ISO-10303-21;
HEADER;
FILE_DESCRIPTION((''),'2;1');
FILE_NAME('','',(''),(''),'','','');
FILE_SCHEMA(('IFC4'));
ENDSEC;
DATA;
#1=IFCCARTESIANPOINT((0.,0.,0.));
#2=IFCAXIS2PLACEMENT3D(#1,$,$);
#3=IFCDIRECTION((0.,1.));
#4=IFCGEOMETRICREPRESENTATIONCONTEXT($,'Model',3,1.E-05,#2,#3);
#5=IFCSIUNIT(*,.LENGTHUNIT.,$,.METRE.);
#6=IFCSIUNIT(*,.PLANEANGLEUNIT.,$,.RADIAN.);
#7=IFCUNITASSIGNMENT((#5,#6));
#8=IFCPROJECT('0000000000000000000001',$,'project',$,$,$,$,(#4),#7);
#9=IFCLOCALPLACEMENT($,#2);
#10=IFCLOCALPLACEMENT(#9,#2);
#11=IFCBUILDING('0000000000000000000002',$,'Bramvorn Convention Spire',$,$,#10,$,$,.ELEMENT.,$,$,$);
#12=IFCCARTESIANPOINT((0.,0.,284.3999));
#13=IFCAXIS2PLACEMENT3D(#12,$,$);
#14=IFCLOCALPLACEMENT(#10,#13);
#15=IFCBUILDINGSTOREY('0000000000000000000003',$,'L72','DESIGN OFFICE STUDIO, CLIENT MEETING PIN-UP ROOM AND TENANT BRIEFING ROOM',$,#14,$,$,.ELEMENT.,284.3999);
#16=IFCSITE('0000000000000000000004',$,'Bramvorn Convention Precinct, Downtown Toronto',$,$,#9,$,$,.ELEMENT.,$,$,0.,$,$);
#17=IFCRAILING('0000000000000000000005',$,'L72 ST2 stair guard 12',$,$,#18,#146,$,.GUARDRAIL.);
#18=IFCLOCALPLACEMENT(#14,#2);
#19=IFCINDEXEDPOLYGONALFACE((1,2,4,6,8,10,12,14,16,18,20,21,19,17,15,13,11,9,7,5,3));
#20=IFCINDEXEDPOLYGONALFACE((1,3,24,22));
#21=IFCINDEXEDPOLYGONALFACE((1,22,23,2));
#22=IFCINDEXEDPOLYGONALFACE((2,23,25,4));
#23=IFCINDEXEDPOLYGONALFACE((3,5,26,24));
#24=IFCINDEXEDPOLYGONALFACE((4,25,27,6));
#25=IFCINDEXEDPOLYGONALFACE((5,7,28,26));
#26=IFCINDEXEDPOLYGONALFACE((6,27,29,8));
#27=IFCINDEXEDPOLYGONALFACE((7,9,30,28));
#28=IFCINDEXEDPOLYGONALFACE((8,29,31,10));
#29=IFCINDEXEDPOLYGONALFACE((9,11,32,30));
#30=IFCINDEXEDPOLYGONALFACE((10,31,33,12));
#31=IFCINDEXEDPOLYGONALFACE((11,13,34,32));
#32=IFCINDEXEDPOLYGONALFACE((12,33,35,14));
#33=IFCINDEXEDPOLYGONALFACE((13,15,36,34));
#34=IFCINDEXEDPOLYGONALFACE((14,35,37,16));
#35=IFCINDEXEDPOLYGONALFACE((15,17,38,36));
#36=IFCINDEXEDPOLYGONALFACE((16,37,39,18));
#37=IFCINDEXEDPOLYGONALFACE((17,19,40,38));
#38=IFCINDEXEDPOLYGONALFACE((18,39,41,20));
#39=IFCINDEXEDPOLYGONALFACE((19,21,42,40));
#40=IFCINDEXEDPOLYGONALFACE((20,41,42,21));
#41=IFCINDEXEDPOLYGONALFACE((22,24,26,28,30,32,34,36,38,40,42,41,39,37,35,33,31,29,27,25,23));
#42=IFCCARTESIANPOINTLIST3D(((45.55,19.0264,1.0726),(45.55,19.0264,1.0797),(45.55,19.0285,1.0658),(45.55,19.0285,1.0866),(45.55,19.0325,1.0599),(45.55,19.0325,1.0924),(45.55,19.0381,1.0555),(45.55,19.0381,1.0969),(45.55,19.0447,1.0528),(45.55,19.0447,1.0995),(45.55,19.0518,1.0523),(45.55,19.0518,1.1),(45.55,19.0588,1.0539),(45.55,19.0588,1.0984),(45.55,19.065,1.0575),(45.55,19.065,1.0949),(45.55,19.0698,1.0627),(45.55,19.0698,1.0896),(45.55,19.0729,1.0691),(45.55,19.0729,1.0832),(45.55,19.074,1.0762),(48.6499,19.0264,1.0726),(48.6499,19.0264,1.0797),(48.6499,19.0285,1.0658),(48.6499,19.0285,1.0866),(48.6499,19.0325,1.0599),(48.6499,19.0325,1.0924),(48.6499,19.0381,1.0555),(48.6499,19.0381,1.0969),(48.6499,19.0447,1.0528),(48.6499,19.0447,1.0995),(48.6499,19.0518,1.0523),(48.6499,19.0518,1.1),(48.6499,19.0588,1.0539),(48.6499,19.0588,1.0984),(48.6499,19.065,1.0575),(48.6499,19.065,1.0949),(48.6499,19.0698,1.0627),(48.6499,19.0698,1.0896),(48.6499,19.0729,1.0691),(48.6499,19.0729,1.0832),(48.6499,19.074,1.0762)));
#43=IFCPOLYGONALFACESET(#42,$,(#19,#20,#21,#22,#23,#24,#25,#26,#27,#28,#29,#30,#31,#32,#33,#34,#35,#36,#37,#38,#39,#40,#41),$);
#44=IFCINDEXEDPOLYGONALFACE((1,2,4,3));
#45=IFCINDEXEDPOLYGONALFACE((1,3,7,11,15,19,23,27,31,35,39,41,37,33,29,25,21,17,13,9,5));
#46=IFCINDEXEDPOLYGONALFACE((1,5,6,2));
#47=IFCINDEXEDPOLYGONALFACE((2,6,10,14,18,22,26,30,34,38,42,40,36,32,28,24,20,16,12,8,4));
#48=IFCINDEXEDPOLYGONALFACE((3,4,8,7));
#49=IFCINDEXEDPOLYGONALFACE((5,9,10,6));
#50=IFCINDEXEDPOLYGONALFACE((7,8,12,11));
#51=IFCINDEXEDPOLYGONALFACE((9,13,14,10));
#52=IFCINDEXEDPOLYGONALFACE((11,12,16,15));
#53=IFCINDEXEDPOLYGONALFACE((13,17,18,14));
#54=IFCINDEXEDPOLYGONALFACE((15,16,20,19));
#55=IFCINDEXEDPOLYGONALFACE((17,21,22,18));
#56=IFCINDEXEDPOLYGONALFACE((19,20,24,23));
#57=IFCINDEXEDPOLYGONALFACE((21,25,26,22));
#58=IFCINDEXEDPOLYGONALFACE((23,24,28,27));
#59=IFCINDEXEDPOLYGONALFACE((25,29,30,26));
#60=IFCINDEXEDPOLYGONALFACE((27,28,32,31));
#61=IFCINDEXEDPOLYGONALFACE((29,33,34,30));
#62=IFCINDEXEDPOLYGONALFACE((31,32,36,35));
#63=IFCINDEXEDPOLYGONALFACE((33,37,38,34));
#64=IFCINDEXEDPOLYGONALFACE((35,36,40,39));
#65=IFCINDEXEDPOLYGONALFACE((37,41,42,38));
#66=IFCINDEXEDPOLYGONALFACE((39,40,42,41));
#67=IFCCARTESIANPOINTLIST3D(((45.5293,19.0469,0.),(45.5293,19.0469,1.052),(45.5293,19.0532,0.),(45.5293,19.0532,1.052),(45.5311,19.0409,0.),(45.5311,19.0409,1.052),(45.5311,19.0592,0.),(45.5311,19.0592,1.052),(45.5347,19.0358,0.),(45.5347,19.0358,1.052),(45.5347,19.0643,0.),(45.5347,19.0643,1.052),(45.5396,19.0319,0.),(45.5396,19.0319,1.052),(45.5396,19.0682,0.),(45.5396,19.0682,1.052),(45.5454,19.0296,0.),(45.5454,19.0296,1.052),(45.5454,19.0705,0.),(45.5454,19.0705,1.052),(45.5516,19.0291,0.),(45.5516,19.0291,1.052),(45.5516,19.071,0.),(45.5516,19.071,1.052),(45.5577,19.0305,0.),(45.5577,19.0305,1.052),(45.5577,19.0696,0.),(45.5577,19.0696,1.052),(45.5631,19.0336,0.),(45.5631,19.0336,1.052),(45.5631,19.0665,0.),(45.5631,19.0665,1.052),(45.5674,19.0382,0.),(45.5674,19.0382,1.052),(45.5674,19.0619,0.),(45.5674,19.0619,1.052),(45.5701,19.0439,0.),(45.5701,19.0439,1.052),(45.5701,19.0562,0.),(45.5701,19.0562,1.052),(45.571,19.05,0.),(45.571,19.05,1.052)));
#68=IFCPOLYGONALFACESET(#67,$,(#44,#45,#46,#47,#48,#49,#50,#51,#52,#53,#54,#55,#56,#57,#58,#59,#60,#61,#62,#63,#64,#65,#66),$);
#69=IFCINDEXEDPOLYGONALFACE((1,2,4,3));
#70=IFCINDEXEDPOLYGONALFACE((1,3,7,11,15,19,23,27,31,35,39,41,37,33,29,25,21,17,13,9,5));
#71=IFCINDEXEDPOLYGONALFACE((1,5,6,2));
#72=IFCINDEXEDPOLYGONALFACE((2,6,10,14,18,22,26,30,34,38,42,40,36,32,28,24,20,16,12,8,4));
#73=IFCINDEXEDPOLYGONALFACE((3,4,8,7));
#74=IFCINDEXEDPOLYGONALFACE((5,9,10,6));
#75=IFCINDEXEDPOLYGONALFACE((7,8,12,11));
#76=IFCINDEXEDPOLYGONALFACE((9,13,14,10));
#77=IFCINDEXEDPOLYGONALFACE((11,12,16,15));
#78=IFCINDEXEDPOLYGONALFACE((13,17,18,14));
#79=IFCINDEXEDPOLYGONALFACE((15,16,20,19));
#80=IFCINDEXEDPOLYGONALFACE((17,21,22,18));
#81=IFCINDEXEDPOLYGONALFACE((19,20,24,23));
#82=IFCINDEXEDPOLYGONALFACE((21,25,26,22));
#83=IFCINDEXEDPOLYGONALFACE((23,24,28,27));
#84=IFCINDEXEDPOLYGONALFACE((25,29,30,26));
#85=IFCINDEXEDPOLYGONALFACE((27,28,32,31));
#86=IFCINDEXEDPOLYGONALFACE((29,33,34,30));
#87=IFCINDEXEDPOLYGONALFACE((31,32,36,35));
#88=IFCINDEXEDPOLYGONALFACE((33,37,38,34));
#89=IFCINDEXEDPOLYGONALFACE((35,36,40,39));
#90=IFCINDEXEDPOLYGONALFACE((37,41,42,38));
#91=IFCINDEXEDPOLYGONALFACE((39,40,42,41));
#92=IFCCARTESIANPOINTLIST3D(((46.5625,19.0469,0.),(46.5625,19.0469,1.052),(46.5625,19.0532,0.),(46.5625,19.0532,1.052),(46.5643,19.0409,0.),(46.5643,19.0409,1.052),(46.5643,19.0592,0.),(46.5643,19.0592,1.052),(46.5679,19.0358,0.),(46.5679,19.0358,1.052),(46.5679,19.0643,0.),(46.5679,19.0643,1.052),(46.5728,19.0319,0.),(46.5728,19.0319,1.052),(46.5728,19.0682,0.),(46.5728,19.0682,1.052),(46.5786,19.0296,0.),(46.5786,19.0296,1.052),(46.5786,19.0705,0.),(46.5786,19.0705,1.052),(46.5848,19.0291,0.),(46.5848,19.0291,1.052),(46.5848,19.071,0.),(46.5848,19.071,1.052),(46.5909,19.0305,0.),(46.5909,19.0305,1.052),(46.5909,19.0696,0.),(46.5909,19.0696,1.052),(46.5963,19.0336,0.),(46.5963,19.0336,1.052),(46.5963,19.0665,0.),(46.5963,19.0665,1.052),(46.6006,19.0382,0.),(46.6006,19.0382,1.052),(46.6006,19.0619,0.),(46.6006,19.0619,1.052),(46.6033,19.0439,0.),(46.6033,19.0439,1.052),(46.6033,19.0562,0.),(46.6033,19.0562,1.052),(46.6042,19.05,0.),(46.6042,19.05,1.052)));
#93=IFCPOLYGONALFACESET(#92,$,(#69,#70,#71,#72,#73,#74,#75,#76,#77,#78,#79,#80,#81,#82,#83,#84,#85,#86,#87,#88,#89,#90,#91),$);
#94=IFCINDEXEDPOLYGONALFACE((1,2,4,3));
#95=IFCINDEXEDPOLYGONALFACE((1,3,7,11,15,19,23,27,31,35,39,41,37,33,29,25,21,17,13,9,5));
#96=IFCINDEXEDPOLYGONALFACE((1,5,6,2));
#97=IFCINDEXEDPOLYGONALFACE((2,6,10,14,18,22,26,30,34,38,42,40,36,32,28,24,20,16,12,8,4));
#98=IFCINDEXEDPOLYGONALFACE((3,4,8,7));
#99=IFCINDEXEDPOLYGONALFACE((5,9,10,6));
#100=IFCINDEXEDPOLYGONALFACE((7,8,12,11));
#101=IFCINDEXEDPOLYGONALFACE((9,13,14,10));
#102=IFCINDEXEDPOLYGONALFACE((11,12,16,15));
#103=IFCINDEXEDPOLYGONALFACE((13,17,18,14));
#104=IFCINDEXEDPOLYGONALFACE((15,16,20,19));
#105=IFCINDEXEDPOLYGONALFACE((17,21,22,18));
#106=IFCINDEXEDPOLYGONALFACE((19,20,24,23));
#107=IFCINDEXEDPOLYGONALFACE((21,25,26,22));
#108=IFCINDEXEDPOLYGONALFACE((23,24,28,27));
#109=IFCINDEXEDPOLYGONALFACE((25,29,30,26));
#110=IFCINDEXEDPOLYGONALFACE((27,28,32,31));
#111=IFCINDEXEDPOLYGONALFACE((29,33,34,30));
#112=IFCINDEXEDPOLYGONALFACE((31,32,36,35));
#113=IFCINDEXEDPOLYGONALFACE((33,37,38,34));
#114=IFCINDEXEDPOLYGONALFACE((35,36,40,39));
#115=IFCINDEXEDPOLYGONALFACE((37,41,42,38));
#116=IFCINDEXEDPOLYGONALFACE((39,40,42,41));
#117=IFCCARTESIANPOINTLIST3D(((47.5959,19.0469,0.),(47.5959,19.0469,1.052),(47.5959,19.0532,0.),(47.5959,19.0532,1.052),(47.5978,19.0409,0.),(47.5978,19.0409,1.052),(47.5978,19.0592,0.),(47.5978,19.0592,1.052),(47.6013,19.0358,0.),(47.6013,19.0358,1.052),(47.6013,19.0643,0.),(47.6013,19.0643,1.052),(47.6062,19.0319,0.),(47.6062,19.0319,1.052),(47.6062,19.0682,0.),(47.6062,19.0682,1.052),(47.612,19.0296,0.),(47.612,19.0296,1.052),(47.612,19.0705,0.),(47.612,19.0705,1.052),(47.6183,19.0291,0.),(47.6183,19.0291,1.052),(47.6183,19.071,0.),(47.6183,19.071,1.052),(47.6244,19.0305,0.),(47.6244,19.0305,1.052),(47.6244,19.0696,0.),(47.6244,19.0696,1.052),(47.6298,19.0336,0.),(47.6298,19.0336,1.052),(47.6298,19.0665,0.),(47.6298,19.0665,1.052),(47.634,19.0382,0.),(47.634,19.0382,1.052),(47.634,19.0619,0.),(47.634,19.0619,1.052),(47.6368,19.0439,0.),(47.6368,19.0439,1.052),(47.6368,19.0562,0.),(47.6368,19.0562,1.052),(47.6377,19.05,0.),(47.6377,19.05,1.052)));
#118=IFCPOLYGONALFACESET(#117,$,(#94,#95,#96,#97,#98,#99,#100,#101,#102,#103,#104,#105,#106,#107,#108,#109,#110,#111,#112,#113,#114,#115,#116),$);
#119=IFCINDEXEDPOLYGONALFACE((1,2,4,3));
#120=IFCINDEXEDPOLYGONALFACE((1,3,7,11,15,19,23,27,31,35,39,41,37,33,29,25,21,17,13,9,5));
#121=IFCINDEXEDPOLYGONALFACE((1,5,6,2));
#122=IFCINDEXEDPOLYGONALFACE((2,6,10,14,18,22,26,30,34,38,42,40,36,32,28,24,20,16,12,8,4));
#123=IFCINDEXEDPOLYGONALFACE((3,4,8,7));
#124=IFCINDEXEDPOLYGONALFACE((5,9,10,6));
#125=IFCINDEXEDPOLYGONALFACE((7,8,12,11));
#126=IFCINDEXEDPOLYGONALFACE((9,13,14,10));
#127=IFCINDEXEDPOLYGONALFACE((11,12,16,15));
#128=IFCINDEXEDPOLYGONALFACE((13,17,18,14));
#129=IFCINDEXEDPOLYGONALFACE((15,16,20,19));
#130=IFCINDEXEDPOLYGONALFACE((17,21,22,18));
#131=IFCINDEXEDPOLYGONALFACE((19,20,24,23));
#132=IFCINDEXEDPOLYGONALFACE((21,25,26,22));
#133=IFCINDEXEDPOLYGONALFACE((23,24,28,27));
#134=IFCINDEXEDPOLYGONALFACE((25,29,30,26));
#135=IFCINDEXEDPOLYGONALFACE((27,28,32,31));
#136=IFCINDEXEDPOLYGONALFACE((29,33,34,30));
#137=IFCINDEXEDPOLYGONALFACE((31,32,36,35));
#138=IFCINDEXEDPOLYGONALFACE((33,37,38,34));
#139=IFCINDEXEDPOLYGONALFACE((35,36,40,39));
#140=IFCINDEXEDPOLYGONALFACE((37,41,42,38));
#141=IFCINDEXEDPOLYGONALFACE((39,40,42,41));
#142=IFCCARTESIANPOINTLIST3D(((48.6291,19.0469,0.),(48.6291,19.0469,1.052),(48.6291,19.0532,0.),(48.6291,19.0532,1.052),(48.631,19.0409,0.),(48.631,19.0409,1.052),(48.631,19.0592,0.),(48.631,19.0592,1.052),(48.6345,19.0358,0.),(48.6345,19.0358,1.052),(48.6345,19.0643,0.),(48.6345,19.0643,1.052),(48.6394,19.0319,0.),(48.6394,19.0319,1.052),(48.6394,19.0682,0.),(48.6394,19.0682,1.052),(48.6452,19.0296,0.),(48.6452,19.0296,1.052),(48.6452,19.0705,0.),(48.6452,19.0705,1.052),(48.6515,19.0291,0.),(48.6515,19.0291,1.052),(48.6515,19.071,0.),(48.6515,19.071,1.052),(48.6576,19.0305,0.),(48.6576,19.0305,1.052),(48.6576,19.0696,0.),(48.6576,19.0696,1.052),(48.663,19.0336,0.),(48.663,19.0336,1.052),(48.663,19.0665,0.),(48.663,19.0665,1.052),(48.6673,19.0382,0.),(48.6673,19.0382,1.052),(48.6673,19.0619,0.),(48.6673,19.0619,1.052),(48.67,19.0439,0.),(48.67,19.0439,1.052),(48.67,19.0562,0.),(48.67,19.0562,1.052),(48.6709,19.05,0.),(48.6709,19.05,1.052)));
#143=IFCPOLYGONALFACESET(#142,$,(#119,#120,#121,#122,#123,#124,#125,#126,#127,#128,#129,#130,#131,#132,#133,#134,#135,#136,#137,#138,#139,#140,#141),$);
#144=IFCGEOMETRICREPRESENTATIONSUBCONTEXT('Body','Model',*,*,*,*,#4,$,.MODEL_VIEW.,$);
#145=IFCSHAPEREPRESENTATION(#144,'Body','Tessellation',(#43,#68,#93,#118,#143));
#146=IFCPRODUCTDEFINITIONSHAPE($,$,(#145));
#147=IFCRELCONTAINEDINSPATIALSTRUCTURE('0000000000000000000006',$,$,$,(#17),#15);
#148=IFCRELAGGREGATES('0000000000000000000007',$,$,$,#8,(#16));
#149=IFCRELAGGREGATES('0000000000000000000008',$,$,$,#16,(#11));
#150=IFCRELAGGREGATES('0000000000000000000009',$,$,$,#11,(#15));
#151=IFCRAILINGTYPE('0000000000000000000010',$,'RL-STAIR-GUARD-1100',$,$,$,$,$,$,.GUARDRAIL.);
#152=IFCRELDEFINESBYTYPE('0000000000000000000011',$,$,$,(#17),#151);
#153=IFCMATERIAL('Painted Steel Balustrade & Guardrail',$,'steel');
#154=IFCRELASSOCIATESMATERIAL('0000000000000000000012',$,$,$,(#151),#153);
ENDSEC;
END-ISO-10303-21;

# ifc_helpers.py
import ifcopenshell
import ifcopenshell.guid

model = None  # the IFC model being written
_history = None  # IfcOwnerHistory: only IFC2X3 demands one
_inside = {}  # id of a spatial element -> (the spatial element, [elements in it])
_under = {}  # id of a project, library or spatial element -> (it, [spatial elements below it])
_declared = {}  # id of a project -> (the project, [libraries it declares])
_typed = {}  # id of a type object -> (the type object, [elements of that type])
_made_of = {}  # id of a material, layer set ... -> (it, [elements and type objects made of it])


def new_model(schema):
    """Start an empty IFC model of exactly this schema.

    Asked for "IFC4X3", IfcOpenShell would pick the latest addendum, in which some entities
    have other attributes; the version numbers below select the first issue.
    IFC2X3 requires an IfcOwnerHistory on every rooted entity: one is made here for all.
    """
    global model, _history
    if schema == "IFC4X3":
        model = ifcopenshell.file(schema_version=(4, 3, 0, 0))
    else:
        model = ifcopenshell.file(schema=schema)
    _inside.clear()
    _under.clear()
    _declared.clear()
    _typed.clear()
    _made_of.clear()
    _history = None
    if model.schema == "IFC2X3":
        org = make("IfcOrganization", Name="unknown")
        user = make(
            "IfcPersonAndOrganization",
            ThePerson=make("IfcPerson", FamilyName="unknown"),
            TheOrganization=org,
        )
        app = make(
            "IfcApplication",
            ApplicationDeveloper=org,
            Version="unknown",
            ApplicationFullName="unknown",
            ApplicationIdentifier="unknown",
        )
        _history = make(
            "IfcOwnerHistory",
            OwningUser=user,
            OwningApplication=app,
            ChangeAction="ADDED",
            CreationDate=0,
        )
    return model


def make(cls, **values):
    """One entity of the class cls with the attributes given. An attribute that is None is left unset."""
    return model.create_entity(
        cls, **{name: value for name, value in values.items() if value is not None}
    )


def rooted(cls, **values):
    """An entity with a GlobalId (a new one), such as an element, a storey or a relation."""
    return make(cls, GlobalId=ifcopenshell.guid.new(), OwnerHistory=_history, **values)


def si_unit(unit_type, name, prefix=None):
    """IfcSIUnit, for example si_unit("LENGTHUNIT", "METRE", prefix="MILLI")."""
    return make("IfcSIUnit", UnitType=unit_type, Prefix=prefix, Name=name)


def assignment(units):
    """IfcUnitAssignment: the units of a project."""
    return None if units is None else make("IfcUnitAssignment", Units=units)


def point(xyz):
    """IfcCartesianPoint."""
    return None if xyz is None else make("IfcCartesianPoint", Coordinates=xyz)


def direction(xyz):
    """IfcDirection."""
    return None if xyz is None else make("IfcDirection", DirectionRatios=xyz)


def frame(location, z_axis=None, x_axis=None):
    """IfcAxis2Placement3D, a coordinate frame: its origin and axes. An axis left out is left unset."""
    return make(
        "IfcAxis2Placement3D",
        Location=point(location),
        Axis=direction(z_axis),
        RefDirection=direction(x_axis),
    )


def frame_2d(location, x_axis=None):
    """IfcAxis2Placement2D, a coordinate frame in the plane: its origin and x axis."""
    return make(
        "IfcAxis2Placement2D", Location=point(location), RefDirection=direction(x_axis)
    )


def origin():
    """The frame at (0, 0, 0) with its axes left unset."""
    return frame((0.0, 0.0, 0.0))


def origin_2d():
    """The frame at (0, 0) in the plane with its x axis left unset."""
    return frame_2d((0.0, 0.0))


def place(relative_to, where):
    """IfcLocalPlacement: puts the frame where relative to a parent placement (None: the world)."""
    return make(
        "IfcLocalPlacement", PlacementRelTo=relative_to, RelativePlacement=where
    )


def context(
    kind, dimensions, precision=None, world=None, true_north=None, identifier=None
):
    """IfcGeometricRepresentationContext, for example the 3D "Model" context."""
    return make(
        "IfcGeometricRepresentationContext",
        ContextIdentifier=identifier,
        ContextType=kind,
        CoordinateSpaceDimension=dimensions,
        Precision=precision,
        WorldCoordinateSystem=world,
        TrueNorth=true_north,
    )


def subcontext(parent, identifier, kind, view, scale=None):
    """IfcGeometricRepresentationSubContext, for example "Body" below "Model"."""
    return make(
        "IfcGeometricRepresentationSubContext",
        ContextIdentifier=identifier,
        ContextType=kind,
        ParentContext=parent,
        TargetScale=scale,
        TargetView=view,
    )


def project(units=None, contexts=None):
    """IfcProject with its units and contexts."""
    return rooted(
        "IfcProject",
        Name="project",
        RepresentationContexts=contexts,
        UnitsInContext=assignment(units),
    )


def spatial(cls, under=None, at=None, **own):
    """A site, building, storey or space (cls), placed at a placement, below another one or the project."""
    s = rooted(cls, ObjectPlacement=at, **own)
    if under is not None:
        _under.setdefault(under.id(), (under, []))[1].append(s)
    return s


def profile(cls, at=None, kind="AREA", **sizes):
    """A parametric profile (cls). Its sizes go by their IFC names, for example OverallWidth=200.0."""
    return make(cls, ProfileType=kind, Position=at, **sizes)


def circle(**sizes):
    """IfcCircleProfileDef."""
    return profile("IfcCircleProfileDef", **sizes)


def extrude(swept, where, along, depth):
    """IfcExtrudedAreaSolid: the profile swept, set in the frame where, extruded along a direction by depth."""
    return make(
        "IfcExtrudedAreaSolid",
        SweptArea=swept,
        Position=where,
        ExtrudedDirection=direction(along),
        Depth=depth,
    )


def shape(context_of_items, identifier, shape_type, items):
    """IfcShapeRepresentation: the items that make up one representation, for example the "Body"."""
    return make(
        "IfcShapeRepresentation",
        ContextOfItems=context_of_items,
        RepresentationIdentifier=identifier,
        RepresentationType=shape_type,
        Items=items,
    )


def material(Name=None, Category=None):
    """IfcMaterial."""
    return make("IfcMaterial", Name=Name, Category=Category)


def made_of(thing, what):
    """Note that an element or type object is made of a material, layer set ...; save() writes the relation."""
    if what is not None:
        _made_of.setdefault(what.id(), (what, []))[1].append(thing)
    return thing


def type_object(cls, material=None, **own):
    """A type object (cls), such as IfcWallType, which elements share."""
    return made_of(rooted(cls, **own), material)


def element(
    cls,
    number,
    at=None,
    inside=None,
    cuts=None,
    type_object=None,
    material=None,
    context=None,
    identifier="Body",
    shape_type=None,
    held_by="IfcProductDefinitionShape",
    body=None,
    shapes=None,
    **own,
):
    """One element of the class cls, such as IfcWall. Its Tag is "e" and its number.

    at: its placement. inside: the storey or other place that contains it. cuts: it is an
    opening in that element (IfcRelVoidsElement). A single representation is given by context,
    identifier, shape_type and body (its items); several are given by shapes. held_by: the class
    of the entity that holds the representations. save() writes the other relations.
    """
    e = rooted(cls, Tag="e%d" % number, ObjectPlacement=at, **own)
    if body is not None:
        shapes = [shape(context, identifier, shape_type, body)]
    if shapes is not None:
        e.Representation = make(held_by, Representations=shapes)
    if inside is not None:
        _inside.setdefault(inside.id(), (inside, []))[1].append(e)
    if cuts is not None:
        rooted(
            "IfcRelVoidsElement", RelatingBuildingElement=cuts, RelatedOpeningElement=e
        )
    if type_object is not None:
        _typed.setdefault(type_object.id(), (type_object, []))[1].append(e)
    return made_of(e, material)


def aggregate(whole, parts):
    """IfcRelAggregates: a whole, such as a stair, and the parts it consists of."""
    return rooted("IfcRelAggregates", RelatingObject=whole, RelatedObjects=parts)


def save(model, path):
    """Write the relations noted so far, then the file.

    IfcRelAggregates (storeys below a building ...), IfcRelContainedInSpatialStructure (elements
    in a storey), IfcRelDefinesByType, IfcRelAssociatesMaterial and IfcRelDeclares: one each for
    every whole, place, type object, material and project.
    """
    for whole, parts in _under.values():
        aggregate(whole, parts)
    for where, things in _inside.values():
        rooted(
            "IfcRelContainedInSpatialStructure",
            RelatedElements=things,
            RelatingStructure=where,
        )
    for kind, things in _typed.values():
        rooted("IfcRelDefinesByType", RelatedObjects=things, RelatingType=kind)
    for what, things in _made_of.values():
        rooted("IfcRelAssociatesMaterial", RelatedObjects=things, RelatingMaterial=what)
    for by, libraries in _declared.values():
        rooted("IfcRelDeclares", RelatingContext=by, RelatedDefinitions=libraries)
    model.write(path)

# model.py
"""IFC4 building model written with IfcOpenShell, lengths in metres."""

from ifc_helpers import new_model, si_unit, direction, frame, origin, origin_2d, place, context, subcontext, project, spatial, circle, extrude, material, type_object, element, save


model = new_model("IFC4")

# Units and contexts
model_context = context("Model", 3, precision=1e-05, world=origin(), true_north=direction((0.0, 1.0)))
body_context = subcontext(model_context, "Body", "Model", "MODEL_VIEW")
ifc_project = project(units=[si_unit("LENGTHUNIT", "METRE"), si_unit("PLANEANGLEUNIT", "RADIAN")], contexts=[model_context])

# Site, building, storey
site_placement = place(None, origin())
site = spatial("IfcSite", under=ifc_project, at=site_placement, Name="Bramvorn Convention Precinct, Downtown Toronto", CompositionType="ELEMENT", RefElevation=0.0)
building_placement = place(site_placement, origin())
building = spatial("IfcBuilding", under=site, at=building_placement, Name="Bramvorn Convention Spire", CompositionType="ELEMENT")
storey_placement = place(building_placement, frame((0.0, 0.0, 284.3999)))
storey = spatial("IfcBuildingStorey", under=building, at=storey_placement, Name="L72", Description="DESIGN OFFICE STUDIO, CLIENT MEETING PIN-UP ROOM AND TENANT BRIEFING ROOM", CompositionType="ELEMENT", Elevation=284.3999)

# Railing
ifc_material_1 = material(Name="Painted Steel Balustrade & Guardrail", Category="steel")
railing_type = type_object("IfcRailingType", Name="RL-STAIR-GUARD-1100", PredefinedType="GUARDRAIL", material=ifc_material_1)
railing_1_placement = place(storey_placement, frame((45.55, 19.05, 0.0)))
element("IfcRailing", 1, at=railing_1_placement, inside=storey, type_object=railing_type, Name="L72 ST2 stair guard 12", PredefinedType="GUARDRAIL", context=body_context, shape_type="SweptSolid", body=[
    extrude(circle(Radius=0.0239, at=origin_2d()), frame((0.0, 0.0, 1.0762), z_axis=(1.0, 0.0, 0.0), x_axis=(0.0, 1.0, 0.0)), (0.0, 0.0, 1.0), 3.0999),
    extrude(circle(Radius=0.021, at=origin_2d()), origin(), (0.0, 0.0, 1.0), 1.052),
    extrude(circle(Radius=0.021, at=origin_2d()), frame((1.0332, 0.0, 0.0)), (0.0, 0.0, 1.0), 1.052),
    extrude(circle(Radius=0.021, at=origin_2d()), frame((2.0667, 0.0, 0.0)), (0.0, 0.0, 1.0), 1.052),
    extrude(circle(Radius=0.021, at=origin_2d()), frame((3.0999, 0.0, 0.0)), (0.0, 0.0, 1.0), 1.052),
])

save(model, "model.ifc")
